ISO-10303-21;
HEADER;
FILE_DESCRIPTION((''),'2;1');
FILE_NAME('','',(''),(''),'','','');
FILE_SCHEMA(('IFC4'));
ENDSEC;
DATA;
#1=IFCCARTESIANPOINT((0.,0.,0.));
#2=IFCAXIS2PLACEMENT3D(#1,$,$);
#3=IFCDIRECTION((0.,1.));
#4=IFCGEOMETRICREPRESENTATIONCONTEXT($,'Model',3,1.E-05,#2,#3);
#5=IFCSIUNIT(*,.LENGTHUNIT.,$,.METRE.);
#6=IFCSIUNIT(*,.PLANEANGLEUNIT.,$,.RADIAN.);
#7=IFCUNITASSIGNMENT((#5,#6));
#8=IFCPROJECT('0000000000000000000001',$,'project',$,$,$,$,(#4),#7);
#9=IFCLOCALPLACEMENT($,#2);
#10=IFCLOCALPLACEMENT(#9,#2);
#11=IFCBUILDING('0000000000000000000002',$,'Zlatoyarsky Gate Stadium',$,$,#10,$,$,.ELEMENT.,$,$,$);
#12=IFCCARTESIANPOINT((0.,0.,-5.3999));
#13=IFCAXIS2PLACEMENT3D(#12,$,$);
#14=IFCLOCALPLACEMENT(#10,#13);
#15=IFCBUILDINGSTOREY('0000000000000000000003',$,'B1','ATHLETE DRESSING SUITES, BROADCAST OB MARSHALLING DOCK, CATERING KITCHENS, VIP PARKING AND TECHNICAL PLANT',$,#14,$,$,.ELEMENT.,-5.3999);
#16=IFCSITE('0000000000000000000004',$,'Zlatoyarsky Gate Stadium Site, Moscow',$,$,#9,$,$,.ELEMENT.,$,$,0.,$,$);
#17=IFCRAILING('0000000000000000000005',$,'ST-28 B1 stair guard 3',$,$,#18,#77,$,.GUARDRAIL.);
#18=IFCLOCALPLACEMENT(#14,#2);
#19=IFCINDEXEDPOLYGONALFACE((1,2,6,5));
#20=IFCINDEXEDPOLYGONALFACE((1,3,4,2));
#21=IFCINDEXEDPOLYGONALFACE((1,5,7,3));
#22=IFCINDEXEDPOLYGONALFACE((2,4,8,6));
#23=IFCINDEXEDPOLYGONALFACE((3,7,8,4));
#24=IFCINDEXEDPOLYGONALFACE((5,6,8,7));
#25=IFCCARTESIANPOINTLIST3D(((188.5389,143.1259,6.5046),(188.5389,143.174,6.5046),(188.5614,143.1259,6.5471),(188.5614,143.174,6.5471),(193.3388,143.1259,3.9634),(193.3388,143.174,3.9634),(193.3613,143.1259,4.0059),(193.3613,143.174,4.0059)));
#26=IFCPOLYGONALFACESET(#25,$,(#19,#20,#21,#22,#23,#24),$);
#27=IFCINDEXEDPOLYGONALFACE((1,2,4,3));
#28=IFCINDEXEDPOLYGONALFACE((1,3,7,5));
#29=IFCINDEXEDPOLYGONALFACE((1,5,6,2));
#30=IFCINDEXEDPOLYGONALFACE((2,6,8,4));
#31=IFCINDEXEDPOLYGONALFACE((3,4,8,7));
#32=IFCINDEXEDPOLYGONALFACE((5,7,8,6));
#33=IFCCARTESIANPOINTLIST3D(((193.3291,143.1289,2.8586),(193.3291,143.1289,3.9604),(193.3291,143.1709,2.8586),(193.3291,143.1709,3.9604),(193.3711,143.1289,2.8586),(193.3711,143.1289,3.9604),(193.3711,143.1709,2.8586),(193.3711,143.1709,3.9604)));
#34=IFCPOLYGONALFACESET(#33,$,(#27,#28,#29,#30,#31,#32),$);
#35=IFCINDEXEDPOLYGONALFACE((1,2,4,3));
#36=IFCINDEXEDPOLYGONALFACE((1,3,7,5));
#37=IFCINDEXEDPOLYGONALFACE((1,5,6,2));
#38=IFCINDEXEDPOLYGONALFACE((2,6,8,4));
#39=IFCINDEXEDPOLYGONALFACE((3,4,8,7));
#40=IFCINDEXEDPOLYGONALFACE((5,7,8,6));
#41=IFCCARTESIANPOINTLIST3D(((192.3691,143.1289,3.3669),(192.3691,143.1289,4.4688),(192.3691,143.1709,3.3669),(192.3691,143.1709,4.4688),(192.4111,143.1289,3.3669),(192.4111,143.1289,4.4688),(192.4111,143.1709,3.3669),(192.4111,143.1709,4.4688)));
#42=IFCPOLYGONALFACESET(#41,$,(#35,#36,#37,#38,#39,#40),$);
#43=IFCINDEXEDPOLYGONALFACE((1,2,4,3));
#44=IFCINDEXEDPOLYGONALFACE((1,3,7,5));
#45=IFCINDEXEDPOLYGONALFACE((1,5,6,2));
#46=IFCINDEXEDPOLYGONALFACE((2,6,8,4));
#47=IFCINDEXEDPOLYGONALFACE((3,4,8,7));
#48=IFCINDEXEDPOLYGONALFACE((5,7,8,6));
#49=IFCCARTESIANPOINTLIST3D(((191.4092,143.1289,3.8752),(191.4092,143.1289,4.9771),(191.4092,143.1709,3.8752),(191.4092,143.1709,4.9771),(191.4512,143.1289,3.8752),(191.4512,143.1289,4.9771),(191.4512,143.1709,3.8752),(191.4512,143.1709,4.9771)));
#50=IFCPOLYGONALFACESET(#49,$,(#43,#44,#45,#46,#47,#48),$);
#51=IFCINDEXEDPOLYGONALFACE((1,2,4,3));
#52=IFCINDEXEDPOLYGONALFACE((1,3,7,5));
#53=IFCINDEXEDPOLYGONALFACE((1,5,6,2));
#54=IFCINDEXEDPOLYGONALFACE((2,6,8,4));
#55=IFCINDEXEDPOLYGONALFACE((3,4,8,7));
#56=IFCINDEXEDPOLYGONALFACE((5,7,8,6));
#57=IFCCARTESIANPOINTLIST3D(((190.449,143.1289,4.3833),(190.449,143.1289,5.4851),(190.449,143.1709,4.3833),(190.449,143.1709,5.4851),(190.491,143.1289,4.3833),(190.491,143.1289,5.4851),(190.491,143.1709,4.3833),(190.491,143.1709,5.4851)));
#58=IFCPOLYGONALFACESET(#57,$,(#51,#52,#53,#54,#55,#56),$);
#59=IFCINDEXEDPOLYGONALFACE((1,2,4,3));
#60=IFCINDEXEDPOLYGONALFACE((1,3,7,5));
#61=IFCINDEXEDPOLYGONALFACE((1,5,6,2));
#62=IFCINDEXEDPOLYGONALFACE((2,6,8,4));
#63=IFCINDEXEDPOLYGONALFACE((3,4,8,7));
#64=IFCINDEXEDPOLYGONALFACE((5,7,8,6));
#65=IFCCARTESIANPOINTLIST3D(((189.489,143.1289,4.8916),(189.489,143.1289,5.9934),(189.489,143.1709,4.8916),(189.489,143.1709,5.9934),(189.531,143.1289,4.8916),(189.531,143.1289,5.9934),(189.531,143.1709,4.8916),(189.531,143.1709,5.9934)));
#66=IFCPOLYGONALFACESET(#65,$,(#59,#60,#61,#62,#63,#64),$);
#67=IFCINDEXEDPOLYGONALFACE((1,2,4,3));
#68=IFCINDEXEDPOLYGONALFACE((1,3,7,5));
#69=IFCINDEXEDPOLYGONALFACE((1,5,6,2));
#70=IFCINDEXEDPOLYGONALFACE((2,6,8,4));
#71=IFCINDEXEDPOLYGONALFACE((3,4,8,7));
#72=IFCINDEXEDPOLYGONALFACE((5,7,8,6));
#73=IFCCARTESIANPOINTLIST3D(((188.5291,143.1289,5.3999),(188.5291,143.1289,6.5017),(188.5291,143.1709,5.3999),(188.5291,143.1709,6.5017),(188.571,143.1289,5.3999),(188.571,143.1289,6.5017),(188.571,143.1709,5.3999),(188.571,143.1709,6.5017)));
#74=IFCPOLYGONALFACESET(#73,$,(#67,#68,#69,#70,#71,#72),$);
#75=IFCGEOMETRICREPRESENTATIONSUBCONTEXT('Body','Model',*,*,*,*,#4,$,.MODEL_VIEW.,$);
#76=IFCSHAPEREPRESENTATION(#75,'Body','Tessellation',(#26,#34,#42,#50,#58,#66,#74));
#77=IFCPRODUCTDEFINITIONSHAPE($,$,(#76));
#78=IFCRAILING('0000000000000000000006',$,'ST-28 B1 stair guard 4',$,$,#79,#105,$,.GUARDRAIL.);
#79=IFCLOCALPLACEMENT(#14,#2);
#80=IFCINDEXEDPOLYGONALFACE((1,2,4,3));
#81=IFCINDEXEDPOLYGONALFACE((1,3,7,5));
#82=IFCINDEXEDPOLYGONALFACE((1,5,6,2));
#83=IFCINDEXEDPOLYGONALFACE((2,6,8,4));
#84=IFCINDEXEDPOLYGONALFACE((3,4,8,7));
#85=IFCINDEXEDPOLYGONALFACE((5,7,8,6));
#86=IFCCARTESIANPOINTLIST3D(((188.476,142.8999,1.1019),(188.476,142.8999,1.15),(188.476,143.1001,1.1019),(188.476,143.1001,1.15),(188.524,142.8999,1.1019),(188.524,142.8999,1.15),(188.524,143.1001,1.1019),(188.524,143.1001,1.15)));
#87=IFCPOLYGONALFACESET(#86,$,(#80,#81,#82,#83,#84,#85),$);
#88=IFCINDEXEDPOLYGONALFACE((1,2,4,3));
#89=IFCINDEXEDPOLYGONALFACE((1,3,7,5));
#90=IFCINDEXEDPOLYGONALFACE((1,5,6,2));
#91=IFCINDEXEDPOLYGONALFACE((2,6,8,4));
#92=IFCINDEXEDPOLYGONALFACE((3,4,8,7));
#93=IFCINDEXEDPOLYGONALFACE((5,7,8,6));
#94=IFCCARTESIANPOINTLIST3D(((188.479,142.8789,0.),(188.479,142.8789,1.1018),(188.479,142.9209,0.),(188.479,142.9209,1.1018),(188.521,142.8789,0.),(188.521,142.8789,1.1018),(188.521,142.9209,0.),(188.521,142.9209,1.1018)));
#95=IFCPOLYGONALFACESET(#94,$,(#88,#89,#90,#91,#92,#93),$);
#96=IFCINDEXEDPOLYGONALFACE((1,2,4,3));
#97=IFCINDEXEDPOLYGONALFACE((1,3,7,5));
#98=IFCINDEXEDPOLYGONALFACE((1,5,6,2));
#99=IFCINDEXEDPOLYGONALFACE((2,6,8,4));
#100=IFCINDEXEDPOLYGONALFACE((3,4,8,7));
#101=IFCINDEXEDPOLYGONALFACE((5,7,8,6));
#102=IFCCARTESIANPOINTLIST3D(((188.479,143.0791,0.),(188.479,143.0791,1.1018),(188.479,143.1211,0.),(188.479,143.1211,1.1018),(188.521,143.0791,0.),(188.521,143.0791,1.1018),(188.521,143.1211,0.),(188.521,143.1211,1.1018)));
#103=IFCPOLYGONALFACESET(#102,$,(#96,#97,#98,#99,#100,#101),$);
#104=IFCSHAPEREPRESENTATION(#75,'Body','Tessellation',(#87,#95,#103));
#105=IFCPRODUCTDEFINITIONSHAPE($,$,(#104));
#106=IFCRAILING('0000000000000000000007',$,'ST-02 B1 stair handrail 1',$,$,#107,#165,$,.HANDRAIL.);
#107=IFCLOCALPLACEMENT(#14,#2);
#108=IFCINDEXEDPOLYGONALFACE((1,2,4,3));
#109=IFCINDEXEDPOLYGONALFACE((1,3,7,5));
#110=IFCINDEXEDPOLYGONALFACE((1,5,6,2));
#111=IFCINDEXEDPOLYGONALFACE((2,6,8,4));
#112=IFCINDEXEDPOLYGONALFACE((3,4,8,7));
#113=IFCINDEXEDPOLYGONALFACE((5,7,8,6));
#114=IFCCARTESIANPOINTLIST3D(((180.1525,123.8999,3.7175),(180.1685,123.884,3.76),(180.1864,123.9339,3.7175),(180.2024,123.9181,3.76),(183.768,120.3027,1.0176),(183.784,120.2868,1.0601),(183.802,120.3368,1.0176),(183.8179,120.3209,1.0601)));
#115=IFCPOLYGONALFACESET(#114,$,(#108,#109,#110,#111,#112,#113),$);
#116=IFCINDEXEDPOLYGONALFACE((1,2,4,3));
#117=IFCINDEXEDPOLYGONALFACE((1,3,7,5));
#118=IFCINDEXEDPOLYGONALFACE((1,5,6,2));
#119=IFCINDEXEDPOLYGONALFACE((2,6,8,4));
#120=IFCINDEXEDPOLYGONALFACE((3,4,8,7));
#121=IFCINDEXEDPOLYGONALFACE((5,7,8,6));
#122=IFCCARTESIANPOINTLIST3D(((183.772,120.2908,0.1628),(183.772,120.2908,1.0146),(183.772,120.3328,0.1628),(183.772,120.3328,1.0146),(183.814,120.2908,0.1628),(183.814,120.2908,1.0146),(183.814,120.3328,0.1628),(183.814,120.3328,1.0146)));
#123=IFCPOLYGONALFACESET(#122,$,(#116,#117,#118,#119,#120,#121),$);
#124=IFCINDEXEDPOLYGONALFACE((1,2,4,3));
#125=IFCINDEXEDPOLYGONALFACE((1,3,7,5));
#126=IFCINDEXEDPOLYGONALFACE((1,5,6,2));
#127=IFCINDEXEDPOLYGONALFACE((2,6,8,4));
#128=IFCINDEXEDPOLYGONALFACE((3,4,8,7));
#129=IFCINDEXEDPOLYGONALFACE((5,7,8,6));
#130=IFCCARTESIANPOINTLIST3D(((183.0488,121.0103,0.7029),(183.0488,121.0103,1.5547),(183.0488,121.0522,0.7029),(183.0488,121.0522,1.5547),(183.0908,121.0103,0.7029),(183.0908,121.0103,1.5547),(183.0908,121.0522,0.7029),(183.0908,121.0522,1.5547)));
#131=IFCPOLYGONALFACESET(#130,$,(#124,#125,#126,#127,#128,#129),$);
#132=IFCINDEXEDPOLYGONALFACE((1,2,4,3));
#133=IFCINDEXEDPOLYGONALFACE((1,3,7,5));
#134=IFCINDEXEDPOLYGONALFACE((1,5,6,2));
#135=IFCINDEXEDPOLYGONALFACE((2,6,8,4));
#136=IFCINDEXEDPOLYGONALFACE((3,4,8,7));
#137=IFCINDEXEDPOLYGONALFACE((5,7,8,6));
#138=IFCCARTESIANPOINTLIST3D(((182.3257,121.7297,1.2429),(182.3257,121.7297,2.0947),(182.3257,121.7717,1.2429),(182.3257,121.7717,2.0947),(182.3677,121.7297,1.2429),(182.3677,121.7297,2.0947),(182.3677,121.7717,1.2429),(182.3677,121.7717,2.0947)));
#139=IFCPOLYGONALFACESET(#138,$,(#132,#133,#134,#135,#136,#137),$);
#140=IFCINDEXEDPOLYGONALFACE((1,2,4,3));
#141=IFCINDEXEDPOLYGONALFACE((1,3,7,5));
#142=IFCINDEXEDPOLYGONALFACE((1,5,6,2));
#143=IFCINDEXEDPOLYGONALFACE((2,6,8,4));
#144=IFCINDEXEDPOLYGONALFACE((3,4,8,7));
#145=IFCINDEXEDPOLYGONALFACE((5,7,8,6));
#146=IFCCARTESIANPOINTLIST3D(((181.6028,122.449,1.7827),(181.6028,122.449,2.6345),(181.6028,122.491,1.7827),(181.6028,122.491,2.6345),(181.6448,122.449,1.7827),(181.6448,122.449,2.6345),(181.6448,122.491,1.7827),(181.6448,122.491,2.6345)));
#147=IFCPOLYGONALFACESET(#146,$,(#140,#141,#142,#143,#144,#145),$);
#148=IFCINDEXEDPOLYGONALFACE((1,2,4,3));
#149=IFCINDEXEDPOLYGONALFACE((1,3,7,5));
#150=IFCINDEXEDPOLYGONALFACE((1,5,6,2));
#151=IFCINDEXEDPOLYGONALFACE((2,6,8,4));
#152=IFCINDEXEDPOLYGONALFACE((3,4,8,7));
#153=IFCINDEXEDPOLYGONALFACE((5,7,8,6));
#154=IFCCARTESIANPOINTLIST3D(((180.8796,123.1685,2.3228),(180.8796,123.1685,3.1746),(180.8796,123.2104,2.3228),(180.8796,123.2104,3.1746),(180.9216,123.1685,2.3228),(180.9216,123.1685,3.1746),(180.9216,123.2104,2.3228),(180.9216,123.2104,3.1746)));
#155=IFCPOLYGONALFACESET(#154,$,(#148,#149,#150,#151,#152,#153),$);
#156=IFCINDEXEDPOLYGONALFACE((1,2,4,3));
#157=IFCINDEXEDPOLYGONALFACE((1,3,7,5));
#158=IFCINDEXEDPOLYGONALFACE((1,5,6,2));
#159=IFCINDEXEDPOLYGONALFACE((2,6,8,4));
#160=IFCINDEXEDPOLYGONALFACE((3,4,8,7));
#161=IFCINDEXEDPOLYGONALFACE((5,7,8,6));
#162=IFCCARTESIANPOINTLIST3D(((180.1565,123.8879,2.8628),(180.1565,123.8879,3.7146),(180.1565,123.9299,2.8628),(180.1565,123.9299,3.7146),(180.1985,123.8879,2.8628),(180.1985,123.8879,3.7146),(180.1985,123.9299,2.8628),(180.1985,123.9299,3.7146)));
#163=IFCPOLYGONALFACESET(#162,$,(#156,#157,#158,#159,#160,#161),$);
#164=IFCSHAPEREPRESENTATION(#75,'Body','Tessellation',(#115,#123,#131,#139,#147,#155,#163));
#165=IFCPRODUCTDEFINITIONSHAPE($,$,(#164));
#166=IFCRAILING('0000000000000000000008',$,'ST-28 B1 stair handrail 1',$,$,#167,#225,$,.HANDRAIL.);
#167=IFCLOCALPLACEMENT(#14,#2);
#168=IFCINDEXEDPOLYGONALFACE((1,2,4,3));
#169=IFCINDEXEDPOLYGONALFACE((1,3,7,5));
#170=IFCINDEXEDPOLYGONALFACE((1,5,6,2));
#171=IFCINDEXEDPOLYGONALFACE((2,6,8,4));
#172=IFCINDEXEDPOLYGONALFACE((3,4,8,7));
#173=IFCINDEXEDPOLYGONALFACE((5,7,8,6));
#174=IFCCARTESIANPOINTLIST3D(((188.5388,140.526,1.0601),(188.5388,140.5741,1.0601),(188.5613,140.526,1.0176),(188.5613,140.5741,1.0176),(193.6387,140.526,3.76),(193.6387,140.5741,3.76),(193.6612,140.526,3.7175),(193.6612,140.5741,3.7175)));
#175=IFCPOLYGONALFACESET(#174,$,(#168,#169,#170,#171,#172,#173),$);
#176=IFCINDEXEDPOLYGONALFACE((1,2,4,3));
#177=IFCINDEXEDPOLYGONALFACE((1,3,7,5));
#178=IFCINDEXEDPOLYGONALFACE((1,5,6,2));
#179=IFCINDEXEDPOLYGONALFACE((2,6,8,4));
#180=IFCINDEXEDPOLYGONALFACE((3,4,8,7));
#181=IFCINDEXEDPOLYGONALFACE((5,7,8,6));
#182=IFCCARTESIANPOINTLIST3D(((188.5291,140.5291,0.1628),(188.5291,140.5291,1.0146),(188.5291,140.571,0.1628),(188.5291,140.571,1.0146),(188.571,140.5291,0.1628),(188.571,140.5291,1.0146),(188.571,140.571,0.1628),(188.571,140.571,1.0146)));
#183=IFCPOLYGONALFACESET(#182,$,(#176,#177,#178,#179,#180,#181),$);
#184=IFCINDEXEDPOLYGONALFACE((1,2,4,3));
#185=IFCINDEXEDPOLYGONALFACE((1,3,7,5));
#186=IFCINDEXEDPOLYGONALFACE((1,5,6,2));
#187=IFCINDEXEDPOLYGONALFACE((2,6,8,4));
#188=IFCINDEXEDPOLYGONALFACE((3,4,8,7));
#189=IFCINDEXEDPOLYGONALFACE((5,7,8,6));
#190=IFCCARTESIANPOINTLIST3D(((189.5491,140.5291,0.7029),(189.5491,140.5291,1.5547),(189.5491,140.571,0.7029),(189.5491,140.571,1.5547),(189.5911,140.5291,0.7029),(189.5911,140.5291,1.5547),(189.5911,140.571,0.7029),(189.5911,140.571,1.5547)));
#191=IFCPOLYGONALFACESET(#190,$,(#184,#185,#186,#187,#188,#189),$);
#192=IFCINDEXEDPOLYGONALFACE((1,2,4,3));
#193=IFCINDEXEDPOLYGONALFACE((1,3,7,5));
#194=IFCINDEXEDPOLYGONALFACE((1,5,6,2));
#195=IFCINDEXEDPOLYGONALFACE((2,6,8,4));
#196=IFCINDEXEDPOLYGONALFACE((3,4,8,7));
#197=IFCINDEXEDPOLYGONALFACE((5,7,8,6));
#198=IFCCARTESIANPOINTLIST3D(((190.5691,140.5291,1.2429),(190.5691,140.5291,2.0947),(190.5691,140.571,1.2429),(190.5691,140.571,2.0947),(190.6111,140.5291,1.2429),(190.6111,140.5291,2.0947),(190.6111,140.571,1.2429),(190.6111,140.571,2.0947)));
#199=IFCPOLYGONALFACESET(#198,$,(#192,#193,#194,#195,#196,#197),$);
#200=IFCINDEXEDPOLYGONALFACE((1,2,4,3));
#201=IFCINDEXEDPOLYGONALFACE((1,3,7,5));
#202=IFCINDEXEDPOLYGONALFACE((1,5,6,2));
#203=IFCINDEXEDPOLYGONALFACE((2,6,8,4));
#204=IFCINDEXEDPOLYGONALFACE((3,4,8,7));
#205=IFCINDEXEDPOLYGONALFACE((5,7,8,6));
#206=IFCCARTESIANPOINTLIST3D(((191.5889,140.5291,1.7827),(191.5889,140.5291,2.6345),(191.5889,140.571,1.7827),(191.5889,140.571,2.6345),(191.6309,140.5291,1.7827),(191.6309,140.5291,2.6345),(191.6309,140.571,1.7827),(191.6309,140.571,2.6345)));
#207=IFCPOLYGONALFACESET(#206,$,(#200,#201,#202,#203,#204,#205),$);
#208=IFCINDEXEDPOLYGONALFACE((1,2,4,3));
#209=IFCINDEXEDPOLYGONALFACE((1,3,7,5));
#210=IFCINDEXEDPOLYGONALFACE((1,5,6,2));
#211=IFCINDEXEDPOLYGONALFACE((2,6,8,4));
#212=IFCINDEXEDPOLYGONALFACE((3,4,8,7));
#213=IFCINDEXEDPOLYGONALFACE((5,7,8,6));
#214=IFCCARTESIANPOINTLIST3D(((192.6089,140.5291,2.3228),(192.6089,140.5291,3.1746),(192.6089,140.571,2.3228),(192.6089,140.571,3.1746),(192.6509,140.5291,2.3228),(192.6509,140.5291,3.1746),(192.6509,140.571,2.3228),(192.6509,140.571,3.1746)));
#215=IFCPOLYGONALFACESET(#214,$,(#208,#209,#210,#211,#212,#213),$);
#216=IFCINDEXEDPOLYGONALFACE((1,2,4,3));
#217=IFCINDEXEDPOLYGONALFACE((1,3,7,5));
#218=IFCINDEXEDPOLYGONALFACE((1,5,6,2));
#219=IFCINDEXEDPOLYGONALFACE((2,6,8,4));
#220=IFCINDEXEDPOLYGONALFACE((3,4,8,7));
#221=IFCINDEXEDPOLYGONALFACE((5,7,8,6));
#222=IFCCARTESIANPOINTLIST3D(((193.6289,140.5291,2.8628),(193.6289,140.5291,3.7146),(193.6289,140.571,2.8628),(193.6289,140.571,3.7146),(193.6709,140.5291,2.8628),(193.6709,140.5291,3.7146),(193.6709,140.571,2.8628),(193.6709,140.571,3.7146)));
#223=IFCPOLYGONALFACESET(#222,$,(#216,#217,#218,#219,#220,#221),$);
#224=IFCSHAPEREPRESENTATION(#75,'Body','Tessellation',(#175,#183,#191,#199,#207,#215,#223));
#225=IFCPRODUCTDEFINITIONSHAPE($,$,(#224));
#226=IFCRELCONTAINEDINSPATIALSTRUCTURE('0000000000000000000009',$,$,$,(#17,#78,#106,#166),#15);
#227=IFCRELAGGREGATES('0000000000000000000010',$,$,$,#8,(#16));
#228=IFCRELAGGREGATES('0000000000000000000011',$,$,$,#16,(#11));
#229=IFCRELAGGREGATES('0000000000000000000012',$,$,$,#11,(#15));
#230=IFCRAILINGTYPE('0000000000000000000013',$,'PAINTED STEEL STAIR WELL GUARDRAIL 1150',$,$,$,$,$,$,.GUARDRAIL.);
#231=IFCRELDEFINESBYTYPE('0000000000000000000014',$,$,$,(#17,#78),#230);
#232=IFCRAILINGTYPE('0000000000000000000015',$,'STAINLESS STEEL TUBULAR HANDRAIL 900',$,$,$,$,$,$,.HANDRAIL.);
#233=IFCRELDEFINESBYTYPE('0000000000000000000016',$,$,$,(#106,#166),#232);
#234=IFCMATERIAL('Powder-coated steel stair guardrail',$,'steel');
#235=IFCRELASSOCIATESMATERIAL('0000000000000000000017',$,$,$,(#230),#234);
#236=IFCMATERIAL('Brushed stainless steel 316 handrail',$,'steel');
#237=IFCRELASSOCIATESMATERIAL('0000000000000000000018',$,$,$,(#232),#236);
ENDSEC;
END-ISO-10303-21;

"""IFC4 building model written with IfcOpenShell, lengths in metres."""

from ifc_helpers import new_model, si_unit, direction, frame, origin, origin_2d, place, context, subcontext, project, spatial, rectangle, extrude, material, type_object, element, save


model = new_model("IFC4")

# Units and contexts
model_context = context("Model", 3, precision=1e-05, world=origin(), true_north=direction((0.0, 1.0)))
body_context = subcontext(model_context, "Body", "Model", "MODEL_VIEW")
ifc_project = project(units=[si_unit("LENGTHUNIT", "METRE"), si_unit("PLANEANGLEUNIT", "RADIAN")], contexts=[model_context])

# Site, building, storey
site_placement = place(None, origin())
site = spatial("IfcSite", under=ifc_project, at=site_placement, Name="Zlatoyarsky Gate Stadium Site, Moscow", CompositionType="ELEMENT", RefElevation=0.0)
building_placement = place(site_placement, origin())
building = spatial("IfcBuilding", under=site, at=building_placement, Name="Zlatoyarsky Gate Stadium", CompositionType="ELEMENT")
storey_placement = place(building_placement, frame((0.0, 0.0, -5.3999)))
storey = spatial("IfcBuildingStorey", under=building, at=storey_placement, Name="B1", Description="ATHLETE DRESSING SUITES, BROADCAST OB MARSHALLING DOCK, CATERING KITCHENS, VIP PARKING AND TECHNICAL PLANT", CompositionType="ELEMENT", Elevation=-5.3999)

# Railings
ifc_material_1 = material(Name="Powder-coated steel stair guardrail", Category="steel")
railing_type_1 = type_object("IfcRailingType", Name="PAINTED STEEL STAIR WELL GUARDRAIL 1150", PredefinedType="GUARDRAIL", material=ifc_material_1)
railing_1_placement = place(storey_placement, frame((193.3501, 143.1499, 2.8586)))
element("IfcRailing", 1, at=railing_1_placement, inside=storey, type_object=railing_type_1, Name="ST-28 B1 stair guard 3", PredefinedType="GUARDRAIL", context=body_context, shape_type="SweptSolid", body=[
    extrude(rectangle(XDim=0.0481, YDim=0.0481, at=origin_2d()), frame((0.0, 0.0, 1.126), z_axis=(-0.883784, 0.0, 0.467896), x_axis=(0.0, -1.0, 0.0)), (0.0, 0.0, 1.0), 5.4312),
    extrude(rectangle(XDim=0.042, YDim=0.042, at=origin_2d()), origin(), (0.0, 0.0, 1.0), 1.1018),
    extrude(rectangle(XDim=0.042, YDim=0.042, at=origin_2d()), frame((-0.96, 0.0, 0.5083)), (0.0, 0.0, 1.0), 1.1018),
    extrude(rectangle(XDim=0.042, YDim=0.042, at=origin_2d()), frame((-1.9199, 0.0, 1.0166)), (0.0, 0.0, 1.0), 1.1018),
    extrude(rectangle(XDim=0.042, YDim=0.042, at=origin_2d()), frame((-2.8801, 0.0, 1.5247)), (0.0, 0.0, 1.0), 1.1018),
    extrude(rectangle(XDim=0.042, YDim=0.042, at=origin_2d()), frame((-3.8401, 0.0, 2.033)), (0.0, 0.0, 1.0), 1.1018),
    extrude(rectangle(XDim=0.042, YDim=0.042, at=origin_2d()), frame((-4.8, 0.0, 2.5413)), (0.0, 0.0, 1.0), 1.1018),
])
railing_2_placement = place(storey_placement, frame((188.5, 142.8999, 0.0)))
element("IfcRailing", 2, at=railing_2_placement, inside=storey, type_object=railing_type_1, Name="ST-28 B1 stair guard 4", PredefinedType="GUARDRAIL", context=body_context, shape_type="SweptSolid", body=[
    extrude(rectangle(XDim=0.0481, YDim=0.0481, at=origin_2d()), frame((0.0, 0.0, 1.126), z_axis=(0.0, 1.0, 0.0), x_axis=(-1.0, 0.0, 0.0)), (0.0, 0.0, 1.0), 0.2002),
    extrude(rectangle(XDim=0.042, YDim=0.042, at=origin_2d()), origin(), (0.0, 0.0, 1.0), 1.1018),
    extrude(rectangle(XDim=0.042, YDim=0.042, at=origin_2d()), frame((0.0, 0.2002, 0.0)), (0.0, 0.0, 1.0), 1.1018),
])
ifc_material_2 = material(Name="Brushed stainless steel 316 handrail", Category="steel")
railing_type_2 = type_object("IfcRailingType", Name="STAINLESS STEEL TUBULAR HANDRAIL 900", PredefinedType="HANDRAIL", material=ifc_material_2)
railing_3_placement = place(storey_placement, frame((183.793, 120.3118, 0.1628)))
element("IfcRailing", 3, at=railing_3_placement, inside=storey, type_object=railing_type_2, Name="ST-02 B1 stair handrail 1", PredefinedType="HANDRAIL", context=body_context, shape_type="SweptSolid", body=[
    extrude(rectangle(XDim=0.0481, YDim=0.0481, at=origin_2d()), frame((0.0, 0.0, 0.876), z_axis=(-0.626523, 0.62335, 0.467872), x_axis=(-0.705309, -0.7089, 0.0)), (0.0, 0.0, 1.0), 5.7708),
    extrude(rectangle(XDim=0.042, YDim=0.042, at=origin_2d()), origin(), (0.0, 0.0, 1.0), 0.8518),
    extrude(rectangle(XDim=0.042, YDim=0.042, at=origin_2d()), frame((-0.7231, 0.7195, 0.54)), (0.0, 0.0, 1.0), 0.8518),
    extrude(rectangle(XDim=0.042, YDim=0.042, at=origin_2d()), frame((-1.4463, 1.439, 1.0801)), (0.0, 0.0, 1.0), 0.8518),
    extrude(rectangle(XDim=0.042, YDim=0.042, at=origin_2d()), frame((-2.1692, 2.1582, 1.6199)), (0.0, 0.0, 1.0), 0.8518),
    extrude(rectangle(XDim=0.042, YDim=0.042, at=origin_2d()), frame((-2.8923, 2.8777, 2.1599)), (0.0, 0.0, 1.0), 0.8518),
    extrude(rectangle(XDim=0.042, YDim=0.042, at=origin_2d()), frame((-3.6155, 3.5972, 2.7)), (0.0, 0.0, 1.0), 0.8518),
])
railing_4_placement = place(storey_placement, frame((188.55, 140.55, 0.1628)))
element("IfcRailing", 4, at=railing_4_placement, inside=storey, type_object=railing_type_2, Name="ST-28 B1 stair handrail 1", PredefinedType="HANDRAIL", context=body_context, shape_type="SweptSolid", body=[
    extrude(rectangle(XDim=0.0481, YDim=0.0481, at=origin_2d()), frame((0.0, 0.0, 0.876), z_axis=(0.883786, 0.0, 0.467892), x_axis=(0.0, 1.0, 0.0)), (0.0, 0.0, 1.0), 5.7705),
    extrude(rectangle(XDim=0.042, YDim=0.042, at=origin_2d()), origin(), (0.0, 0.0, 1.0), 0.8518),
    extrude(rectangle(XDim=0.042, YDim=0.042, at=origin_2d()), frame((1.02, 0.0, 0.54)), (0.0, 0.0, 1.0), 0.8518),
    extrude(rectangle(XDim=0.042, YDim=0.042, at=origin_2d()), frame((2.04, 0.0, 1.0801)), (0.0, 0.0, 1.0), 0.8518),
    extrude(rectangle(XDim=0.042, YDim=0.042, at=origin_2d()), frame((3.0598, 0.0, 1.6199)), (0.0, 0.0, 1.0), 0.8518),
    extrude(rectangle(XDim=0.042, YDim=0.042, at=origin_2d()), frame((4.0798, 0.0, 2.1599)), (0.0, 0.0, 1.0), 0.8518),
    extrude(rectangle(XDim=0.042, YDim=0.042, at=origin_2d()), frame((5.0999, 0.0, 2.7)), (0.0, 0.0, 1.0), 0.8518),
])

save(model, "model.ifc")
